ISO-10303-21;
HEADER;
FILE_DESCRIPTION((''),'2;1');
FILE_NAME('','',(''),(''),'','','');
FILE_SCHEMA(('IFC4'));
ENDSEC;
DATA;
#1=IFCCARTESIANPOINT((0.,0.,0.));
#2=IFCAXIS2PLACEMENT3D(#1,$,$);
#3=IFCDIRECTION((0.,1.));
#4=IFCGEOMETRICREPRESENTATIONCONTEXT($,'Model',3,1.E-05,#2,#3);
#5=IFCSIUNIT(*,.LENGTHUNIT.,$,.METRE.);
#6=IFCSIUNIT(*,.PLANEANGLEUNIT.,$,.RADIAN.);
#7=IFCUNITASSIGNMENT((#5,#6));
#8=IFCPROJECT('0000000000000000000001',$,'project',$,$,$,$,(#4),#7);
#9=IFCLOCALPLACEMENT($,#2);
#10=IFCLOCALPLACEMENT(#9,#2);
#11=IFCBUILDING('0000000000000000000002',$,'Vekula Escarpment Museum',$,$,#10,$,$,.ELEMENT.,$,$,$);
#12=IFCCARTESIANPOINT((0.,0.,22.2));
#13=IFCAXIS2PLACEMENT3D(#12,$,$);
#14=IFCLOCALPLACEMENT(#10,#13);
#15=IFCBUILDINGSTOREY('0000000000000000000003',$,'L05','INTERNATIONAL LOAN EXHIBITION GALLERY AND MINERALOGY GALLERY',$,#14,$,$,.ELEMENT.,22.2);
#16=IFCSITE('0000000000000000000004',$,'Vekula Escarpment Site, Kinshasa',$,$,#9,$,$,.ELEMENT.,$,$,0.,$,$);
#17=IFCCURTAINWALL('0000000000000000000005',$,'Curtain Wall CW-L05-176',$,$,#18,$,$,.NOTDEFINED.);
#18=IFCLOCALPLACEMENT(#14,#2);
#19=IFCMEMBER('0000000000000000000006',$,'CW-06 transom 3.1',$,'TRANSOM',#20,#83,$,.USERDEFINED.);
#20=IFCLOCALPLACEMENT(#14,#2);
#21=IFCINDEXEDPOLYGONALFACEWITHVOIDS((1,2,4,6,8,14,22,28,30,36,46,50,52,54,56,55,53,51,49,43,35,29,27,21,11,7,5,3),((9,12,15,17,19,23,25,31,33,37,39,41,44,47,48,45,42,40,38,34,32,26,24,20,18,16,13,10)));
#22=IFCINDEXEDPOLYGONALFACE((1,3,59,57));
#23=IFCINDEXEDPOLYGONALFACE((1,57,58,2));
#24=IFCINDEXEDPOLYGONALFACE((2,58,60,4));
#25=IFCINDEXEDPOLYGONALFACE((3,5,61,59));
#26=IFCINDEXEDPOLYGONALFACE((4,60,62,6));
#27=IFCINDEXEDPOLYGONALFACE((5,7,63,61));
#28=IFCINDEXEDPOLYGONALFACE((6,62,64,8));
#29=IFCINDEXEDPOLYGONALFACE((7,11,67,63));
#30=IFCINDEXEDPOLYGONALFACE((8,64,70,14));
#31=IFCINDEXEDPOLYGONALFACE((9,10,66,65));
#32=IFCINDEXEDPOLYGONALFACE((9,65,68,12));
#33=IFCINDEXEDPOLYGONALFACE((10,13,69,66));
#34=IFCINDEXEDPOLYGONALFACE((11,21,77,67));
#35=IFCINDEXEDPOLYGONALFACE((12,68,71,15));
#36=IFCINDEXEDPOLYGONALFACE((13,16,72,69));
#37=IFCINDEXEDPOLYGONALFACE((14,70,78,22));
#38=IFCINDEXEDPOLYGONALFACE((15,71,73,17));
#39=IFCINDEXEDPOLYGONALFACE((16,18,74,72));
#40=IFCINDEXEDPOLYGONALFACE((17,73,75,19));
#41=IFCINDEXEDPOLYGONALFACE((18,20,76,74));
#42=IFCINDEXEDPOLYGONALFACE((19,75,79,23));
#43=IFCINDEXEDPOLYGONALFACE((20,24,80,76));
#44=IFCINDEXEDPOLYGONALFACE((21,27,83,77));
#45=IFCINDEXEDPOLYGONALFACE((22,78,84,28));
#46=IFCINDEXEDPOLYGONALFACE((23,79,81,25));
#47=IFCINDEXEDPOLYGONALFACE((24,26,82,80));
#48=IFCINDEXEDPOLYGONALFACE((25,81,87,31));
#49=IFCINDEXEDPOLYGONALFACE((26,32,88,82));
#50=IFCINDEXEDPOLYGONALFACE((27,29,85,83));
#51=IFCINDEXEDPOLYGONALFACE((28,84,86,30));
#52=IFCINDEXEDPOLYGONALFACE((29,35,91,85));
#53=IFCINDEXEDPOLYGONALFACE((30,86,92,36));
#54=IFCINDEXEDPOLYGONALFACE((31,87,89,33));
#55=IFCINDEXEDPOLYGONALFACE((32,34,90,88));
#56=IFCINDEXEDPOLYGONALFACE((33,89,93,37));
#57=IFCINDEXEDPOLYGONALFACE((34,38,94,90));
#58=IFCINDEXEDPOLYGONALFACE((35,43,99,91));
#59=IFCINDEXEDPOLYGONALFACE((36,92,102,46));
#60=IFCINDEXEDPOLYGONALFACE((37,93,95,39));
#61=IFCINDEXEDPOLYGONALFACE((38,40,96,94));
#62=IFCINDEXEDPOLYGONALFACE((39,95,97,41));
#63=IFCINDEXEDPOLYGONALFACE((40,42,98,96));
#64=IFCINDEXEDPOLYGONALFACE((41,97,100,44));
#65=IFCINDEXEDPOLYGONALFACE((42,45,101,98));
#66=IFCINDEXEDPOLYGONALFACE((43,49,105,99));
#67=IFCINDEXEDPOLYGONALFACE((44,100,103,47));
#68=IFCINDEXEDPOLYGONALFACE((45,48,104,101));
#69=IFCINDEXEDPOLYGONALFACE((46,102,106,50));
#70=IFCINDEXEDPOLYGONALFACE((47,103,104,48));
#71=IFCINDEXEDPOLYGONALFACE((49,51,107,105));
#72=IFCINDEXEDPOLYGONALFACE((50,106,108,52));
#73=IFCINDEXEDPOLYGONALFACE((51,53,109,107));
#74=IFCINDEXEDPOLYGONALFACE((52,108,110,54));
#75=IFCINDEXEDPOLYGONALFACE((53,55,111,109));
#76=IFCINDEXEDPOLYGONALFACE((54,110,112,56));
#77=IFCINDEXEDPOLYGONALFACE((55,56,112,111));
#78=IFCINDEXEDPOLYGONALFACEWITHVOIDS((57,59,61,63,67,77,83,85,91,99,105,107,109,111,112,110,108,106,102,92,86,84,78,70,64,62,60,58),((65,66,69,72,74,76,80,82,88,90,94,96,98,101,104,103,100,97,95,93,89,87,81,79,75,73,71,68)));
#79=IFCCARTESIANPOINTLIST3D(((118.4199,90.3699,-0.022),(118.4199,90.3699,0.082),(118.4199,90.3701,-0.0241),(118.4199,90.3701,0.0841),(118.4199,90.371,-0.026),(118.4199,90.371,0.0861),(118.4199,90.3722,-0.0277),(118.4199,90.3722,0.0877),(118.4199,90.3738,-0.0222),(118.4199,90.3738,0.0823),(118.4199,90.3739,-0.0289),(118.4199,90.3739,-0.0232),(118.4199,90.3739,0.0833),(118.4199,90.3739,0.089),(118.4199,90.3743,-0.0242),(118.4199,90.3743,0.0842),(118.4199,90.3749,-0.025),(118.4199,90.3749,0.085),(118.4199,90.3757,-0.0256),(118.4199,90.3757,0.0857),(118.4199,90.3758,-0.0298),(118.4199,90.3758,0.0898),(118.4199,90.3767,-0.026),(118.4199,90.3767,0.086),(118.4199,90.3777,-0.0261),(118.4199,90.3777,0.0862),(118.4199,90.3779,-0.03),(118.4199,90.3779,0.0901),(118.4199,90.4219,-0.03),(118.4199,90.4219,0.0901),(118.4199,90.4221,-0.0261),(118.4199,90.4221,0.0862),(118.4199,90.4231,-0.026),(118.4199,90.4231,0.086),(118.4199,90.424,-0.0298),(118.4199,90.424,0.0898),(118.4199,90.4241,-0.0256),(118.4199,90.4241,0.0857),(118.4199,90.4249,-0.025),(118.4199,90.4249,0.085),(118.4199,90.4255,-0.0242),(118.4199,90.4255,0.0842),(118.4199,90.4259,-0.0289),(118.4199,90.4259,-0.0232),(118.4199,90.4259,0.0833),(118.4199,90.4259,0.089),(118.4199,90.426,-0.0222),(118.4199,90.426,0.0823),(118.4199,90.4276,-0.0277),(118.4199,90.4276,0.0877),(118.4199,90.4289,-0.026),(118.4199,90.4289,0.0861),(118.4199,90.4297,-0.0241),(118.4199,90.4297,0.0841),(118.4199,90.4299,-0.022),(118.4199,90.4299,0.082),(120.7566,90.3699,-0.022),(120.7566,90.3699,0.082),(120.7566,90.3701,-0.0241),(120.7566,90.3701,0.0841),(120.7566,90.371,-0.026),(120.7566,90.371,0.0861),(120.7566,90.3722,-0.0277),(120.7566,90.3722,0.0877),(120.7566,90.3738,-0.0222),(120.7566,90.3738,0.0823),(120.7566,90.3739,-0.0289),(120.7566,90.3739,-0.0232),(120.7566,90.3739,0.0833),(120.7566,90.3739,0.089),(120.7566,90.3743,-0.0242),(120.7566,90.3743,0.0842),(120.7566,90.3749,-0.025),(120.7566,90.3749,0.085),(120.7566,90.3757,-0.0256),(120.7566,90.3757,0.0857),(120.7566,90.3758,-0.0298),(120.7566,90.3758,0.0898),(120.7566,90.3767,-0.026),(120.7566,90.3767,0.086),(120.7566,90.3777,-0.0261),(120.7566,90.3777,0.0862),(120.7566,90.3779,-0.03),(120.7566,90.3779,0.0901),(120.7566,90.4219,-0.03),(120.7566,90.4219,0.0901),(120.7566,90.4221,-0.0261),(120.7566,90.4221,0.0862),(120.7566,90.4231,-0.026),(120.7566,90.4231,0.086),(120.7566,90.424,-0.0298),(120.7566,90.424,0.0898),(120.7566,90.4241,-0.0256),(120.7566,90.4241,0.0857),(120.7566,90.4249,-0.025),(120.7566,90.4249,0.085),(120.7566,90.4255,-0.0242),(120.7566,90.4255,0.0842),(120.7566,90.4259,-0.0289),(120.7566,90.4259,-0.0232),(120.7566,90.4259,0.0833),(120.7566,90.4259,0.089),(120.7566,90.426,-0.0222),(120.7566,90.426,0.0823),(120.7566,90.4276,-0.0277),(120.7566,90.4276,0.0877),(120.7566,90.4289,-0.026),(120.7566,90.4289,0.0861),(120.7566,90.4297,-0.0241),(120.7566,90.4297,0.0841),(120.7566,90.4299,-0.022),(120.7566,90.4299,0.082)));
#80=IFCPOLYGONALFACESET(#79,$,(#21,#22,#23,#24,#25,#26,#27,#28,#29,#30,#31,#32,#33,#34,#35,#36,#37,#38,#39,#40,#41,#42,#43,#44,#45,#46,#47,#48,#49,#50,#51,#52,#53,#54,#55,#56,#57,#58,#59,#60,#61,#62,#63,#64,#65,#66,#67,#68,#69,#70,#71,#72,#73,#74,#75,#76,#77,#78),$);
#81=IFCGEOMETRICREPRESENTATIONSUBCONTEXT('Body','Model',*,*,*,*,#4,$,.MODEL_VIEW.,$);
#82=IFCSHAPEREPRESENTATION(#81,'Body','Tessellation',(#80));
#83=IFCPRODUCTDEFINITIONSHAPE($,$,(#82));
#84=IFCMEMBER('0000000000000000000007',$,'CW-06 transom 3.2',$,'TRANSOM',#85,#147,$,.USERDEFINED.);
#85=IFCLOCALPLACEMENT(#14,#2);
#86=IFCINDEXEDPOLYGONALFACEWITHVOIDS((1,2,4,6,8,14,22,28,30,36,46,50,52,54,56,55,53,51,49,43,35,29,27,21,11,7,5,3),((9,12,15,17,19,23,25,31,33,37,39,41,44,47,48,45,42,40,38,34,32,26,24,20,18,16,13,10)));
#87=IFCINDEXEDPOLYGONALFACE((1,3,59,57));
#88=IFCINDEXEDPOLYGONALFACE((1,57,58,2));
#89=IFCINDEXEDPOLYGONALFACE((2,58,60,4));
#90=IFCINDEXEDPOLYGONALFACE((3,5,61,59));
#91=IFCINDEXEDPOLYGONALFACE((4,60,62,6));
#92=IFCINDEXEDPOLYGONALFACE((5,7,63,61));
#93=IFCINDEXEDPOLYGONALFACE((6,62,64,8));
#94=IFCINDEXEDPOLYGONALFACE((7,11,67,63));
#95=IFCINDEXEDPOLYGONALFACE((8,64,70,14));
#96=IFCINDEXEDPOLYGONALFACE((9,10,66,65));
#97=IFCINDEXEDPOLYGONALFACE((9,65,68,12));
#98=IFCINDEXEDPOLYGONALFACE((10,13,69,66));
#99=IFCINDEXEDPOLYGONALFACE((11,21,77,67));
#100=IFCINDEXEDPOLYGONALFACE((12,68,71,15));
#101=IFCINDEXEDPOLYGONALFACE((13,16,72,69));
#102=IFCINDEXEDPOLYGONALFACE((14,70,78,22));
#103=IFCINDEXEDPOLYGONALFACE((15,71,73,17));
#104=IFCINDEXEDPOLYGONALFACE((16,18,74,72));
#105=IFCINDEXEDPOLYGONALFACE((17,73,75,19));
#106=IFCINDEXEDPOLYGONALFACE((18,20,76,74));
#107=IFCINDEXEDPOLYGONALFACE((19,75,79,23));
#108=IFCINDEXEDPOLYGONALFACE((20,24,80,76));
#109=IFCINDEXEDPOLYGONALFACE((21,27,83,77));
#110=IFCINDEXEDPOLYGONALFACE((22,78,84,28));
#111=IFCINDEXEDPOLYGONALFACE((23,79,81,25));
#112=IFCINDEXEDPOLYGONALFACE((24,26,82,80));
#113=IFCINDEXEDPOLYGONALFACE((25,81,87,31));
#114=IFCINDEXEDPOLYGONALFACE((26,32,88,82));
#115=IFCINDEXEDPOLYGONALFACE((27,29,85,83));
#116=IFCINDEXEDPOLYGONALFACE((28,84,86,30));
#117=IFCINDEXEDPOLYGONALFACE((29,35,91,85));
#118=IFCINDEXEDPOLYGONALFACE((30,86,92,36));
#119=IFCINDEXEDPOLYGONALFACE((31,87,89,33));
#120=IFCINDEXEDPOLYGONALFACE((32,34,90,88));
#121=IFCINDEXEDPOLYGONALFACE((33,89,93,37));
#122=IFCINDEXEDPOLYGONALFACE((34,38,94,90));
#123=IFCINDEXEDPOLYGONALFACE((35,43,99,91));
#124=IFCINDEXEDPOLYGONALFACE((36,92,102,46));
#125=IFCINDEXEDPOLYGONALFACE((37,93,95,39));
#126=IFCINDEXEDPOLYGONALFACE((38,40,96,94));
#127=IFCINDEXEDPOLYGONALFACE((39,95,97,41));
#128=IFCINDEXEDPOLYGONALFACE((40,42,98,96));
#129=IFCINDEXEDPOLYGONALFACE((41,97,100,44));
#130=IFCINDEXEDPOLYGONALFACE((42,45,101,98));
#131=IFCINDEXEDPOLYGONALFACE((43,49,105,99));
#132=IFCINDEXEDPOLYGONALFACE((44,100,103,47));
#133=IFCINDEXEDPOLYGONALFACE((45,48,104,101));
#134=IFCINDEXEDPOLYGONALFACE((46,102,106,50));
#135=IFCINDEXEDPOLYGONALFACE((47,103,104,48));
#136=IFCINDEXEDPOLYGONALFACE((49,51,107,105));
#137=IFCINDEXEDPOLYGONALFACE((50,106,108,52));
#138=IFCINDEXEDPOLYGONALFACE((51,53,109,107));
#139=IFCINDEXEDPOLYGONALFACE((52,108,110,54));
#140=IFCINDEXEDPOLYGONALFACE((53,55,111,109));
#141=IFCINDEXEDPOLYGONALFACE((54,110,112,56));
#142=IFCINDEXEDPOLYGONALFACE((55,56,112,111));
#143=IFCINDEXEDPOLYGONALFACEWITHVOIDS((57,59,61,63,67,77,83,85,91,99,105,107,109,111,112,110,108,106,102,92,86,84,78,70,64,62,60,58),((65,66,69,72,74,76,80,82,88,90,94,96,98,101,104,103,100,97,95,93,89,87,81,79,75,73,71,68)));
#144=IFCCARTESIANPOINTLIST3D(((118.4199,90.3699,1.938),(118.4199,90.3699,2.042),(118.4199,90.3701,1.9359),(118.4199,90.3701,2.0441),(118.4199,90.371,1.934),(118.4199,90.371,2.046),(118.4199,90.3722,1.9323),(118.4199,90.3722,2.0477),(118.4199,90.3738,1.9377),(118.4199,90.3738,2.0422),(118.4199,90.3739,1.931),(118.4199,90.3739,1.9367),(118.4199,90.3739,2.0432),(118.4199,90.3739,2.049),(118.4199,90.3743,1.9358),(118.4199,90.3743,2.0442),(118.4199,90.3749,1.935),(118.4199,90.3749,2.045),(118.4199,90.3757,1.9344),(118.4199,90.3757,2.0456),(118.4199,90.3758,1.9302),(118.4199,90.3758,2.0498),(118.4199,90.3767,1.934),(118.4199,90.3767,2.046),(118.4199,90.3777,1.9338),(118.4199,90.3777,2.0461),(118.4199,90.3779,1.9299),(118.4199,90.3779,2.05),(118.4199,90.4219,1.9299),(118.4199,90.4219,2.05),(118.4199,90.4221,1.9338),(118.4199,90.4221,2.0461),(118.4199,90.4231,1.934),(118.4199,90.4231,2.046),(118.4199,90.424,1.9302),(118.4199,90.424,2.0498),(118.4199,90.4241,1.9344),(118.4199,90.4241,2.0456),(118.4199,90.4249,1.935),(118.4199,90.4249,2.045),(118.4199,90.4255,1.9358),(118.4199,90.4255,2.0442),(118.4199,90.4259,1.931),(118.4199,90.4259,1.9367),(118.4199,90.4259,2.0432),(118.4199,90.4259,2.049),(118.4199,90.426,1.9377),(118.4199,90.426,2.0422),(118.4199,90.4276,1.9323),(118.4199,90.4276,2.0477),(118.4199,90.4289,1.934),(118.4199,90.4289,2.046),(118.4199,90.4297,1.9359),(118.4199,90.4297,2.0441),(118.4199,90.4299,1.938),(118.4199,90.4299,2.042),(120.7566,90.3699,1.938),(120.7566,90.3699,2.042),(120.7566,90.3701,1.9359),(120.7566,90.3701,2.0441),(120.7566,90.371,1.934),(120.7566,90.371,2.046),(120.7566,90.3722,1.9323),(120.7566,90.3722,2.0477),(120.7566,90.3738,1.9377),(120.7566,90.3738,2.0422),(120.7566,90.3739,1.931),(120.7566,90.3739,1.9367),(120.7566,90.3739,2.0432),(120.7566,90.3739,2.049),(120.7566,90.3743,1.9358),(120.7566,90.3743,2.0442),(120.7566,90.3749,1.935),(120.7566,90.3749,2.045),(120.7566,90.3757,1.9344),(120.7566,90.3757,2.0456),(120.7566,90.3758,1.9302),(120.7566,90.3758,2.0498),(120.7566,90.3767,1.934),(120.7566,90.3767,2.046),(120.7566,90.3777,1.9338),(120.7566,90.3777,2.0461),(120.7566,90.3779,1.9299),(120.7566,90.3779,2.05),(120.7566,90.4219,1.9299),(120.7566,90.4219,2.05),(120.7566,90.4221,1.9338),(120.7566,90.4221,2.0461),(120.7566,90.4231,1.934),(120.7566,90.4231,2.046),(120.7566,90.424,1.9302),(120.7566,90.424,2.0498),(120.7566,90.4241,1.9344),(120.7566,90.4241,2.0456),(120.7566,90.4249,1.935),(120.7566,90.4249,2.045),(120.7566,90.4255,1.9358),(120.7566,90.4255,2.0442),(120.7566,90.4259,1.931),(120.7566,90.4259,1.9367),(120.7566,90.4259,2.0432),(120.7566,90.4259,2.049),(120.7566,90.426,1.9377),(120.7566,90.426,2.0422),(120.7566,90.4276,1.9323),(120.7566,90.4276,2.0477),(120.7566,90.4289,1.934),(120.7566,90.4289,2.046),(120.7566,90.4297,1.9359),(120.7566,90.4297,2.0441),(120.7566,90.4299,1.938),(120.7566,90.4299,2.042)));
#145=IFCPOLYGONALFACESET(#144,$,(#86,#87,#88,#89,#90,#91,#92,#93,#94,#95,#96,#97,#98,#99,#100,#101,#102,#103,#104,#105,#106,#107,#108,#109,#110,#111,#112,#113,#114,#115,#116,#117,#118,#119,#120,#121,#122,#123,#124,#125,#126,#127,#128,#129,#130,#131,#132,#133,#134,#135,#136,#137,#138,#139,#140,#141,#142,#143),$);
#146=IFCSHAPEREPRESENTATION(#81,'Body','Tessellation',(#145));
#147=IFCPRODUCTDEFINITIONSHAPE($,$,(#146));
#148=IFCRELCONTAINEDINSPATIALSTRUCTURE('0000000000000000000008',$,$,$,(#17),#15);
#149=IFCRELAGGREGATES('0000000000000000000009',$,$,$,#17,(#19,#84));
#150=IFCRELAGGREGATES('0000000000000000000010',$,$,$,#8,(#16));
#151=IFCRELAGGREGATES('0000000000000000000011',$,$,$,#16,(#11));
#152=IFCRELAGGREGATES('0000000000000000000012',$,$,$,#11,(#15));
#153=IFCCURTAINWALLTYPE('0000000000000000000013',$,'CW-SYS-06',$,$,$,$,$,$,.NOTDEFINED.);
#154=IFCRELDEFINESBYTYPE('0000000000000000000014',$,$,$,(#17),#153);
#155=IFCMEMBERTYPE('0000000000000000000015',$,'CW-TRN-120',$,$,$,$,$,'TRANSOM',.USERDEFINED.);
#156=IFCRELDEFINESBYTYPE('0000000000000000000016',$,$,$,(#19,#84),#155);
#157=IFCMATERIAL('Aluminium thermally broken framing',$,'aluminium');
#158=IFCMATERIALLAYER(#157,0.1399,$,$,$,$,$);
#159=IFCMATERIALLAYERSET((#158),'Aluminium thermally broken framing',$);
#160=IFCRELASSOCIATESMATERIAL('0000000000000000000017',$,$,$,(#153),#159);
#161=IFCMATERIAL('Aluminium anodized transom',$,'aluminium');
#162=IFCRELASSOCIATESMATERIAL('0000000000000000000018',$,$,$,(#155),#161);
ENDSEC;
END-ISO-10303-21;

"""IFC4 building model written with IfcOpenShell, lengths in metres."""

from ifc_helpers import new_model, si_unit, direction, frame, origin, origin_2d, place, context, subcontext, project, spatial, hollow_rectangle, extrude, material, layer, layer_set, material_profile, profile_set, type_object, element, aggregate, save


model = new_model("IFC4")

# Units and contexts
model_context = context("Model", 3, precision=1e-05, world=origin(), true_north=direction((0.0, 1.0)))
body_context = subcontext(model_context, "Body", "Model", "MODEL_VIEW")
ifc_project = project(units=[si_unit("LENGTHUNIT", "METRE"), si_unit("PLANEANGLEUNIT", "RADIAN")], contexts=[model_context])

# Site, building, storey
site_placement = place(None, origin())
site = spatial("IfcSite", under=ifc_project, at=site_placement, Name="Vekula Escarpment Site, Kinshasa", CompositionType="ELEMENT", RefElevation=0.0)
building_placement = place(site_placement, origin())
building = spatial("IfcBuilding", under=site, at=building_placement, Name="Vekula Escarpment Museum", CompositionType="ELEMENT")
storey_placement = place(building_placement, frame((0.0, 0.0, 22.2)))
storey = spatial("IfcBuildingStorey", under=building, at=storey_placement, Name="L05", Description="INTERNATIONAL LOAN EXHIBITION GALLERY AND MINERALOGY GALLERY", CompositionType="ELEMENT", Elevation=22.2)

# Curtain wall, members
ifc_material_1 = material(Name="Aluminium thermally broken framing", Category="aluminium")
ifc_layer_1 = layer(ifc_material_1, 0.1399)
ifc_layer_set_1 = layer_set([ifc_layer_1], Name="Aluminium thermally broken framing")
curtain_wall_type = type_object("IfcCurtainWallType", Name="CW-SYS-06", PredefinedType="NOTDEFINED", material=ifc_layer_set_1)
curtain_wall_placement = place(storey_placement, origin())
curtain_wall = element("IfcCurtainWall", 1, at=curtain_wall_placement, inside=storey, type_object=curtain_wall_type, Name="Curtain Wall CW-L05-176", PredefinedType="NOTDEFINED")
ifc_material_2 = material(Name="Aluminium anodized transom", Category="aluminium")
ifc_material_profile_1 = material_profile(ifc_material_2, hollow_rectangle(XDim=0.0601, YDim=0.1201, WallThickness=0.0039, InnerFilletRadius=0.0039, OuterFilletRadius=0.0081, at=origin_2d()), Name="ALU 120x60x4")
ifc_profile_set_1 = profile_set([ifc_material_profile_1], Name="Aluminium anodized transom")
member_type_1 = type_object("IfcMemberType", Name="CW-TRN-120", ElementType="TRANSOM", PredefinedType="USERDEFINED", material=ifc_profile_set_1)
member_1_placement = place(storey_placement, frame((120.7566, 90.3999, 0.03), z_axis=(-1.0, 0.0, 0.0), x_axis=(0.0, -1.0, 0.0)))
member_1 = element("IfcMember", 2, at=member_1_placement, type_object=member_type_1, Name="CW-06 transom 3.1", ObjectType="TRANSOM", PredefinedType="USERDEFINED", context=body_context, shape_type="SweptSolid", body=[
    extrude(hollow_rectangle(XDim=0.0601, YDim=0.1201, WallThickness=0.0039, InnerFilletRadius=0.0039, OuterFilletRadius=0.0081, at=origin_2d()), origin(), (0.0, 0.0, 1.0), 2.3367),
])
member_2_placement = place(storey_placement, frame((120.7566, 90.3999, 1.99), z_axis=(-1.0, 0.0, 0.0), x_axis=(0.0, -1.0, 0.0)))
member_2 = element("IfcMember", 3, at=member_2_placement, type_object=member_type_1, Name="CW-06 transom 3.2", ObjectType="TRANSOM", PredefinedType="USERDEFINED", context=body_context, shape_type="SweptSolid", body=[
    extrude(hollow_rectangle(XDim=0.0601, YDim=0.1201, WallThickness=0.0039, InnerFilletRadius=0.0039, OuterFilletRadius=0.0081, at=origin_2d()), origin(), (0.0, 0.0, 1.0), 2.3367),
])

aggregate(curtain_wall, [member_1, member_2])

save(model, "model.ifc")
